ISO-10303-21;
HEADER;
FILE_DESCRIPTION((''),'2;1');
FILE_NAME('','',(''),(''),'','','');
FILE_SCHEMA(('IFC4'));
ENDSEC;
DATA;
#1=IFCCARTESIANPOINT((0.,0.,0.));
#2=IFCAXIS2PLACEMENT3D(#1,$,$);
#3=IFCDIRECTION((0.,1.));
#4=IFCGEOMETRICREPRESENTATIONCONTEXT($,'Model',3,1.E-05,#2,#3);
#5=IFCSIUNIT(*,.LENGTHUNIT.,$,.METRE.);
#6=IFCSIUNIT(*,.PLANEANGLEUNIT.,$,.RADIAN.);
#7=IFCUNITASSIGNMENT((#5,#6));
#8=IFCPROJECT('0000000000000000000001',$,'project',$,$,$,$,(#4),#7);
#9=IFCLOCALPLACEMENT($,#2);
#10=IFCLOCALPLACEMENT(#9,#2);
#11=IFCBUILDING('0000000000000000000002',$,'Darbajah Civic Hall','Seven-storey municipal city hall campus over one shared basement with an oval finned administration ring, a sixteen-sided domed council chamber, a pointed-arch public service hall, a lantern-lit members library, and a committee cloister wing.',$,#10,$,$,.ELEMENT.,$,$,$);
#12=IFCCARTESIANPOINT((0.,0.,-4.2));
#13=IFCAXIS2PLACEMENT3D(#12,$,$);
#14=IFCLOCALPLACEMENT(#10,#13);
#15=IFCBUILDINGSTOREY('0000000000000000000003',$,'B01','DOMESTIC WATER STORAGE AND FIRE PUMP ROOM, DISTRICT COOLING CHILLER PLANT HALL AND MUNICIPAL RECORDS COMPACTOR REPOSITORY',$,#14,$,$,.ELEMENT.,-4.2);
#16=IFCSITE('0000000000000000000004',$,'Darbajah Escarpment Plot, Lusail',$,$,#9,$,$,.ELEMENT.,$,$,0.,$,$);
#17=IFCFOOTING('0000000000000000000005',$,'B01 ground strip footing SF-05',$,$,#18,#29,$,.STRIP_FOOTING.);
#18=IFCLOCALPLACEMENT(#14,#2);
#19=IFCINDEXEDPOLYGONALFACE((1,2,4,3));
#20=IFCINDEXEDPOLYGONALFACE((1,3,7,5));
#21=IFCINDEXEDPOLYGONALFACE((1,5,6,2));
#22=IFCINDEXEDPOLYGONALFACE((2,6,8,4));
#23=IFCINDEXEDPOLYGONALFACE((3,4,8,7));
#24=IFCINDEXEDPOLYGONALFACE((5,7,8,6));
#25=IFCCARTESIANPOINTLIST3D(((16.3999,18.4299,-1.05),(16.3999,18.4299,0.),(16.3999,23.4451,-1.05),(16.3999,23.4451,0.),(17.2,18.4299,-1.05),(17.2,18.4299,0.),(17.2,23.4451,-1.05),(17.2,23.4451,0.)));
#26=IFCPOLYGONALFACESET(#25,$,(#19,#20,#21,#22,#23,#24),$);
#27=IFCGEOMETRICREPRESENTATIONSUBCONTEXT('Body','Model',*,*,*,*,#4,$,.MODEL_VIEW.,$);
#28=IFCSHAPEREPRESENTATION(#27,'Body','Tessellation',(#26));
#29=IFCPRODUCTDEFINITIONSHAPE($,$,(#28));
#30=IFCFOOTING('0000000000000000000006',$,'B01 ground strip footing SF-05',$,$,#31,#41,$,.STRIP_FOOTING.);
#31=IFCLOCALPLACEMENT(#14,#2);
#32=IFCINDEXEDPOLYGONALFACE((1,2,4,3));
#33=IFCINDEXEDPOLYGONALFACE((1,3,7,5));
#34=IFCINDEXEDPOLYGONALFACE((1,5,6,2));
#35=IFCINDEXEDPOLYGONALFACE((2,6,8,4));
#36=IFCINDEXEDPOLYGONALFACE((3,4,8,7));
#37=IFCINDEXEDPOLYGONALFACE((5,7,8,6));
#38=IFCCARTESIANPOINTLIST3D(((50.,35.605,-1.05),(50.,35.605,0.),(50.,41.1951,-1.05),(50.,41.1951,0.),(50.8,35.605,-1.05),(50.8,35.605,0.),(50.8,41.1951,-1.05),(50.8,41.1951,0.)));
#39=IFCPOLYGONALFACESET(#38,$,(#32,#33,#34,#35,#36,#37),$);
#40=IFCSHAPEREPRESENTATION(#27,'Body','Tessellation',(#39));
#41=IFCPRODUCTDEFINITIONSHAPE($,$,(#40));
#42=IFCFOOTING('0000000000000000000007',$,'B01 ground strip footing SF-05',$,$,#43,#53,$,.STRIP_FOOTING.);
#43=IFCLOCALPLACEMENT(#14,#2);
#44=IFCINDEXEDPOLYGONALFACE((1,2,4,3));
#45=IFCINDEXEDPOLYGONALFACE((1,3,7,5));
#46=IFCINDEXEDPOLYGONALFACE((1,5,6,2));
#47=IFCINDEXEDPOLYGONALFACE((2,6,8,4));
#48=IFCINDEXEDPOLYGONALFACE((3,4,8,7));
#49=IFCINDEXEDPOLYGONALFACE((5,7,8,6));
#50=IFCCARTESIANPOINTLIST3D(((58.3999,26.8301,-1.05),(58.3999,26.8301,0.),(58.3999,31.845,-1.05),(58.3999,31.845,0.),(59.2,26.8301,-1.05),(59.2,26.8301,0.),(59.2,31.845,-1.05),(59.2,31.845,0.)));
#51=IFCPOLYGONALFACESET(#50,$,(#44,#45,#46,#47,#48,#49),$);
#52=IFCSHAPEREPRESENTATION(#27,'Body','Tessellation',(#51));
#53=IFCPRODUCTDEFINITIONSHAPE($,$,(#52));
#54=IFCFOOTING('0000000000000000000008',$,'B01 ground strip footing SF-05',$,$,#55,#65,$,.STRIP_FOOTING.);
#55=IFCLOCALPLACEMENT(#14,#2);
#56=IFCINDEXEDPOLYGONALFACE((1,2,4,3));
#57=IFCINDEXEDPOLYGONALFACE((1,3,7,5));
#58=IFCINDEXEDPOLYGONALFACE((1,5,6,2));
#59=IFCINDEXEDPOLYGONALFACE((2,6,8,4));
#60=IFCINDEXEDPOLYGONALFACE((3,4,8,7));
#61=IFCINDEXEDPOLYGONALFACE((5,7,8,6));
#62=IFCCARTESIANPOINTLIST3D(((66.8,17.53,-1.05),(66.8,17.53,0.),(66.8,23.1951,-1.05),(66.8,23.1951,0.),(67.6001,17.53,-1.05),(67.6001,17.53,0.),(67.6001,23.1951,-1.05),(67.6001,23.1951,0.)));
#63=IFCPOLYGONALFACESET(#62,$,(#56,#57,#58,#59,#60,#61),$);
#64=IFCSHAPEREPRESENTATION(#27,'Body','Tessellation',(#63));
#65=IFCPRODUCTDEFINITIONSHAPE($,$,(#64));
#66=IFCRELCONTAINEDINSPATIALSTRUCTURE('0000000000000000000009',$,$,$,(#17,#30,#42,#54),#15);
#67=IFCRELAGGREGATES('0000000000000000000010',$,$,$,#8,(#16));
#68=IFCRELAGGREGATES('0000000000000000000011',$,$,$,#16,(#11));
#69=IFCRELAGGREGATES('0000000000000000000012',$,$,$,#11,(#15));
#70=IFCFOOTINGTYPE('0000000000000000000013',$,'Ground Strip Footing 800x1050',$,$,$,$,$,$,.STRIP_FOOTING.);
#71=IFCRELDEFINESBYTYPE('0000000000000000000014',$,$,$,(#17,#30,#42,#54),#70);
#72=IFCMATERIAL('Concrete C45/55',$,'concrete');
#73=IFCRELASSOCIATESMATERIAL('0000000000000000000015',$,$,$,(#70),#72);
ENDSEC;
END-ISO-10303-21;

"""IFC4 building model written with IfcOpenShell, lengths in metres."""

from ifc_helpers import new_model, si_unit, direction, frame, origin, place, context, subcontext, project, spatial, polyline, outline, extrude, material, type_object, element, save


model = new_model("IFC4")

# Units and contexts
model_context = context("Model", 3, precision=1e-05, world=origin(), true_north=direction((0.0, 1.0)))
body_context = subcontext(model_context, "Body", "Model", "MODEL_VIEW")
ifc_project = project(units=[si_unit("LENGTHUNIT", "METRE"), si_unit("PLANEANGLEUNIT", "RADIAN")], contexts=[model_context])

# Site, building, storey
site_placement = place(None, origin())
site = spatial("IfcSite", under=ifc_project, at=site_placement, Name="Darbajah Escarpment Plot, Lusail", CompositionType="ELEMENT", RefElevation=0.0)
building_placement = place(site_placement, origin())
building = spatial("IfcBuilding", under=site, at=building_placement, Name="Darbajah Civic Hall", Description="Seven-storey municipal city hall campus over one shared basement with an oval finned administration ring, a sixteen-sided domed council chamber, a pointed-arch public service hall, a lantern-lit members library, and a committee cloister wing.", CompositionType="ELEMENT")
storey_placement = place(building_placement, frame((0.0, 0.0, -4.2)))
storey = spatial("IfcBuildingStorey", under=building, at=storey_placement, Name="B01", Description="DOMESTIC WATER STORAGE AND FIRE PUMP ROOM, DISTRICT COOLING CHILLER PLANT HALL AND MUNICIPAL RECORDS COMPACTOR REPOSITORY", CompositionType="ELEMENT", Elevation=-4.2)

# Footings
ifc_material = material(Name="Concrete C45/55", Category="concrete")
footing_type_1 = type_object("IfcFootingType", Name="Ground Strip Footing 800x1050", PredefinedType="STRIP_FOOTING", material=ifc_material)
footing_1_placement = place(storey_placement, frame((0.0, 0.0, -1.05)))
element("IfcFooting", 1, at=footing_1_placement, inside=storey, type_object=footing_type_1, Name="B01 ground strip footing SF-05", PredefinedType="STRIP_FOOTING", context=body_context, shape_type="SweptSolid", body=[
    extrude(outline(polyline([(17.2, 18.4299), (17.2, 23.4451), (16.3999, 23.4451), (16.3999, 18.4299), (17.2, 18.4299)])), origin(), (0.0, 0.0, 1.0), 1.05),
])
footing_2_placement = place(storey_placement, frame((0.0, 0.0, -1.05)))
element("IfcFooting", 2, at=footing_2_placement, inside=storey, type_object=footing_type_1, Name="B01 ground strip footing SF-05", PredefinedType="STRIP_FOOTING", context=body_context, shape_type="SweptSolid", body=[
    extrude(outline(polyline([(50.8, 35.605), (50.8, 41.1951), (50.0, 41.1951), (50.0, 35.605), (50.8, 35.605)])), origin(), (0.0, 0.0, 1.0), 1.05),
])
footing_3_placement = place(storey_placement, frame((0.0, 0.0, -1.05)))
element("IfcFooting", 3, at=footing_3_placement, inside=storey, type_object=footing_type_1, Name="B01 ground strip footing SF-05", PredefinedType="STRIP_FOOTING", context=body_context, shape_type="SweptSolid", body=[
    extrude(outline(polyline([(59.2, 26.8301), (59.2, 31.845), (58.3999, 31.845), (58.3999, 26.8301), (59.2, 26.8301)])), origin(), (0.0, 0.0, 1.0), 1.05),
])
footing_4_placement = place(storey_placement, frame((0.0, 0.0, -1.05)))
element("IfcFooting", 4, at=footing_4_placement, inside=storey, type_object=footing_type_1, Name="B01 ground strip footing SF-05", PredefinedType="STRIP_FOOTING", context=body_context, shape_type="SweptSolid", body=[
    extrude(outline(polyline([(67.6001, 17.53), (67.6001, 23.1951), (66.8, 23.1951), (66.8, 17.53), (67.6001, 17.53)])), origin(), (0.0, 0.0, 1.0), 1.05),
])

save(model, "model.ifc")
